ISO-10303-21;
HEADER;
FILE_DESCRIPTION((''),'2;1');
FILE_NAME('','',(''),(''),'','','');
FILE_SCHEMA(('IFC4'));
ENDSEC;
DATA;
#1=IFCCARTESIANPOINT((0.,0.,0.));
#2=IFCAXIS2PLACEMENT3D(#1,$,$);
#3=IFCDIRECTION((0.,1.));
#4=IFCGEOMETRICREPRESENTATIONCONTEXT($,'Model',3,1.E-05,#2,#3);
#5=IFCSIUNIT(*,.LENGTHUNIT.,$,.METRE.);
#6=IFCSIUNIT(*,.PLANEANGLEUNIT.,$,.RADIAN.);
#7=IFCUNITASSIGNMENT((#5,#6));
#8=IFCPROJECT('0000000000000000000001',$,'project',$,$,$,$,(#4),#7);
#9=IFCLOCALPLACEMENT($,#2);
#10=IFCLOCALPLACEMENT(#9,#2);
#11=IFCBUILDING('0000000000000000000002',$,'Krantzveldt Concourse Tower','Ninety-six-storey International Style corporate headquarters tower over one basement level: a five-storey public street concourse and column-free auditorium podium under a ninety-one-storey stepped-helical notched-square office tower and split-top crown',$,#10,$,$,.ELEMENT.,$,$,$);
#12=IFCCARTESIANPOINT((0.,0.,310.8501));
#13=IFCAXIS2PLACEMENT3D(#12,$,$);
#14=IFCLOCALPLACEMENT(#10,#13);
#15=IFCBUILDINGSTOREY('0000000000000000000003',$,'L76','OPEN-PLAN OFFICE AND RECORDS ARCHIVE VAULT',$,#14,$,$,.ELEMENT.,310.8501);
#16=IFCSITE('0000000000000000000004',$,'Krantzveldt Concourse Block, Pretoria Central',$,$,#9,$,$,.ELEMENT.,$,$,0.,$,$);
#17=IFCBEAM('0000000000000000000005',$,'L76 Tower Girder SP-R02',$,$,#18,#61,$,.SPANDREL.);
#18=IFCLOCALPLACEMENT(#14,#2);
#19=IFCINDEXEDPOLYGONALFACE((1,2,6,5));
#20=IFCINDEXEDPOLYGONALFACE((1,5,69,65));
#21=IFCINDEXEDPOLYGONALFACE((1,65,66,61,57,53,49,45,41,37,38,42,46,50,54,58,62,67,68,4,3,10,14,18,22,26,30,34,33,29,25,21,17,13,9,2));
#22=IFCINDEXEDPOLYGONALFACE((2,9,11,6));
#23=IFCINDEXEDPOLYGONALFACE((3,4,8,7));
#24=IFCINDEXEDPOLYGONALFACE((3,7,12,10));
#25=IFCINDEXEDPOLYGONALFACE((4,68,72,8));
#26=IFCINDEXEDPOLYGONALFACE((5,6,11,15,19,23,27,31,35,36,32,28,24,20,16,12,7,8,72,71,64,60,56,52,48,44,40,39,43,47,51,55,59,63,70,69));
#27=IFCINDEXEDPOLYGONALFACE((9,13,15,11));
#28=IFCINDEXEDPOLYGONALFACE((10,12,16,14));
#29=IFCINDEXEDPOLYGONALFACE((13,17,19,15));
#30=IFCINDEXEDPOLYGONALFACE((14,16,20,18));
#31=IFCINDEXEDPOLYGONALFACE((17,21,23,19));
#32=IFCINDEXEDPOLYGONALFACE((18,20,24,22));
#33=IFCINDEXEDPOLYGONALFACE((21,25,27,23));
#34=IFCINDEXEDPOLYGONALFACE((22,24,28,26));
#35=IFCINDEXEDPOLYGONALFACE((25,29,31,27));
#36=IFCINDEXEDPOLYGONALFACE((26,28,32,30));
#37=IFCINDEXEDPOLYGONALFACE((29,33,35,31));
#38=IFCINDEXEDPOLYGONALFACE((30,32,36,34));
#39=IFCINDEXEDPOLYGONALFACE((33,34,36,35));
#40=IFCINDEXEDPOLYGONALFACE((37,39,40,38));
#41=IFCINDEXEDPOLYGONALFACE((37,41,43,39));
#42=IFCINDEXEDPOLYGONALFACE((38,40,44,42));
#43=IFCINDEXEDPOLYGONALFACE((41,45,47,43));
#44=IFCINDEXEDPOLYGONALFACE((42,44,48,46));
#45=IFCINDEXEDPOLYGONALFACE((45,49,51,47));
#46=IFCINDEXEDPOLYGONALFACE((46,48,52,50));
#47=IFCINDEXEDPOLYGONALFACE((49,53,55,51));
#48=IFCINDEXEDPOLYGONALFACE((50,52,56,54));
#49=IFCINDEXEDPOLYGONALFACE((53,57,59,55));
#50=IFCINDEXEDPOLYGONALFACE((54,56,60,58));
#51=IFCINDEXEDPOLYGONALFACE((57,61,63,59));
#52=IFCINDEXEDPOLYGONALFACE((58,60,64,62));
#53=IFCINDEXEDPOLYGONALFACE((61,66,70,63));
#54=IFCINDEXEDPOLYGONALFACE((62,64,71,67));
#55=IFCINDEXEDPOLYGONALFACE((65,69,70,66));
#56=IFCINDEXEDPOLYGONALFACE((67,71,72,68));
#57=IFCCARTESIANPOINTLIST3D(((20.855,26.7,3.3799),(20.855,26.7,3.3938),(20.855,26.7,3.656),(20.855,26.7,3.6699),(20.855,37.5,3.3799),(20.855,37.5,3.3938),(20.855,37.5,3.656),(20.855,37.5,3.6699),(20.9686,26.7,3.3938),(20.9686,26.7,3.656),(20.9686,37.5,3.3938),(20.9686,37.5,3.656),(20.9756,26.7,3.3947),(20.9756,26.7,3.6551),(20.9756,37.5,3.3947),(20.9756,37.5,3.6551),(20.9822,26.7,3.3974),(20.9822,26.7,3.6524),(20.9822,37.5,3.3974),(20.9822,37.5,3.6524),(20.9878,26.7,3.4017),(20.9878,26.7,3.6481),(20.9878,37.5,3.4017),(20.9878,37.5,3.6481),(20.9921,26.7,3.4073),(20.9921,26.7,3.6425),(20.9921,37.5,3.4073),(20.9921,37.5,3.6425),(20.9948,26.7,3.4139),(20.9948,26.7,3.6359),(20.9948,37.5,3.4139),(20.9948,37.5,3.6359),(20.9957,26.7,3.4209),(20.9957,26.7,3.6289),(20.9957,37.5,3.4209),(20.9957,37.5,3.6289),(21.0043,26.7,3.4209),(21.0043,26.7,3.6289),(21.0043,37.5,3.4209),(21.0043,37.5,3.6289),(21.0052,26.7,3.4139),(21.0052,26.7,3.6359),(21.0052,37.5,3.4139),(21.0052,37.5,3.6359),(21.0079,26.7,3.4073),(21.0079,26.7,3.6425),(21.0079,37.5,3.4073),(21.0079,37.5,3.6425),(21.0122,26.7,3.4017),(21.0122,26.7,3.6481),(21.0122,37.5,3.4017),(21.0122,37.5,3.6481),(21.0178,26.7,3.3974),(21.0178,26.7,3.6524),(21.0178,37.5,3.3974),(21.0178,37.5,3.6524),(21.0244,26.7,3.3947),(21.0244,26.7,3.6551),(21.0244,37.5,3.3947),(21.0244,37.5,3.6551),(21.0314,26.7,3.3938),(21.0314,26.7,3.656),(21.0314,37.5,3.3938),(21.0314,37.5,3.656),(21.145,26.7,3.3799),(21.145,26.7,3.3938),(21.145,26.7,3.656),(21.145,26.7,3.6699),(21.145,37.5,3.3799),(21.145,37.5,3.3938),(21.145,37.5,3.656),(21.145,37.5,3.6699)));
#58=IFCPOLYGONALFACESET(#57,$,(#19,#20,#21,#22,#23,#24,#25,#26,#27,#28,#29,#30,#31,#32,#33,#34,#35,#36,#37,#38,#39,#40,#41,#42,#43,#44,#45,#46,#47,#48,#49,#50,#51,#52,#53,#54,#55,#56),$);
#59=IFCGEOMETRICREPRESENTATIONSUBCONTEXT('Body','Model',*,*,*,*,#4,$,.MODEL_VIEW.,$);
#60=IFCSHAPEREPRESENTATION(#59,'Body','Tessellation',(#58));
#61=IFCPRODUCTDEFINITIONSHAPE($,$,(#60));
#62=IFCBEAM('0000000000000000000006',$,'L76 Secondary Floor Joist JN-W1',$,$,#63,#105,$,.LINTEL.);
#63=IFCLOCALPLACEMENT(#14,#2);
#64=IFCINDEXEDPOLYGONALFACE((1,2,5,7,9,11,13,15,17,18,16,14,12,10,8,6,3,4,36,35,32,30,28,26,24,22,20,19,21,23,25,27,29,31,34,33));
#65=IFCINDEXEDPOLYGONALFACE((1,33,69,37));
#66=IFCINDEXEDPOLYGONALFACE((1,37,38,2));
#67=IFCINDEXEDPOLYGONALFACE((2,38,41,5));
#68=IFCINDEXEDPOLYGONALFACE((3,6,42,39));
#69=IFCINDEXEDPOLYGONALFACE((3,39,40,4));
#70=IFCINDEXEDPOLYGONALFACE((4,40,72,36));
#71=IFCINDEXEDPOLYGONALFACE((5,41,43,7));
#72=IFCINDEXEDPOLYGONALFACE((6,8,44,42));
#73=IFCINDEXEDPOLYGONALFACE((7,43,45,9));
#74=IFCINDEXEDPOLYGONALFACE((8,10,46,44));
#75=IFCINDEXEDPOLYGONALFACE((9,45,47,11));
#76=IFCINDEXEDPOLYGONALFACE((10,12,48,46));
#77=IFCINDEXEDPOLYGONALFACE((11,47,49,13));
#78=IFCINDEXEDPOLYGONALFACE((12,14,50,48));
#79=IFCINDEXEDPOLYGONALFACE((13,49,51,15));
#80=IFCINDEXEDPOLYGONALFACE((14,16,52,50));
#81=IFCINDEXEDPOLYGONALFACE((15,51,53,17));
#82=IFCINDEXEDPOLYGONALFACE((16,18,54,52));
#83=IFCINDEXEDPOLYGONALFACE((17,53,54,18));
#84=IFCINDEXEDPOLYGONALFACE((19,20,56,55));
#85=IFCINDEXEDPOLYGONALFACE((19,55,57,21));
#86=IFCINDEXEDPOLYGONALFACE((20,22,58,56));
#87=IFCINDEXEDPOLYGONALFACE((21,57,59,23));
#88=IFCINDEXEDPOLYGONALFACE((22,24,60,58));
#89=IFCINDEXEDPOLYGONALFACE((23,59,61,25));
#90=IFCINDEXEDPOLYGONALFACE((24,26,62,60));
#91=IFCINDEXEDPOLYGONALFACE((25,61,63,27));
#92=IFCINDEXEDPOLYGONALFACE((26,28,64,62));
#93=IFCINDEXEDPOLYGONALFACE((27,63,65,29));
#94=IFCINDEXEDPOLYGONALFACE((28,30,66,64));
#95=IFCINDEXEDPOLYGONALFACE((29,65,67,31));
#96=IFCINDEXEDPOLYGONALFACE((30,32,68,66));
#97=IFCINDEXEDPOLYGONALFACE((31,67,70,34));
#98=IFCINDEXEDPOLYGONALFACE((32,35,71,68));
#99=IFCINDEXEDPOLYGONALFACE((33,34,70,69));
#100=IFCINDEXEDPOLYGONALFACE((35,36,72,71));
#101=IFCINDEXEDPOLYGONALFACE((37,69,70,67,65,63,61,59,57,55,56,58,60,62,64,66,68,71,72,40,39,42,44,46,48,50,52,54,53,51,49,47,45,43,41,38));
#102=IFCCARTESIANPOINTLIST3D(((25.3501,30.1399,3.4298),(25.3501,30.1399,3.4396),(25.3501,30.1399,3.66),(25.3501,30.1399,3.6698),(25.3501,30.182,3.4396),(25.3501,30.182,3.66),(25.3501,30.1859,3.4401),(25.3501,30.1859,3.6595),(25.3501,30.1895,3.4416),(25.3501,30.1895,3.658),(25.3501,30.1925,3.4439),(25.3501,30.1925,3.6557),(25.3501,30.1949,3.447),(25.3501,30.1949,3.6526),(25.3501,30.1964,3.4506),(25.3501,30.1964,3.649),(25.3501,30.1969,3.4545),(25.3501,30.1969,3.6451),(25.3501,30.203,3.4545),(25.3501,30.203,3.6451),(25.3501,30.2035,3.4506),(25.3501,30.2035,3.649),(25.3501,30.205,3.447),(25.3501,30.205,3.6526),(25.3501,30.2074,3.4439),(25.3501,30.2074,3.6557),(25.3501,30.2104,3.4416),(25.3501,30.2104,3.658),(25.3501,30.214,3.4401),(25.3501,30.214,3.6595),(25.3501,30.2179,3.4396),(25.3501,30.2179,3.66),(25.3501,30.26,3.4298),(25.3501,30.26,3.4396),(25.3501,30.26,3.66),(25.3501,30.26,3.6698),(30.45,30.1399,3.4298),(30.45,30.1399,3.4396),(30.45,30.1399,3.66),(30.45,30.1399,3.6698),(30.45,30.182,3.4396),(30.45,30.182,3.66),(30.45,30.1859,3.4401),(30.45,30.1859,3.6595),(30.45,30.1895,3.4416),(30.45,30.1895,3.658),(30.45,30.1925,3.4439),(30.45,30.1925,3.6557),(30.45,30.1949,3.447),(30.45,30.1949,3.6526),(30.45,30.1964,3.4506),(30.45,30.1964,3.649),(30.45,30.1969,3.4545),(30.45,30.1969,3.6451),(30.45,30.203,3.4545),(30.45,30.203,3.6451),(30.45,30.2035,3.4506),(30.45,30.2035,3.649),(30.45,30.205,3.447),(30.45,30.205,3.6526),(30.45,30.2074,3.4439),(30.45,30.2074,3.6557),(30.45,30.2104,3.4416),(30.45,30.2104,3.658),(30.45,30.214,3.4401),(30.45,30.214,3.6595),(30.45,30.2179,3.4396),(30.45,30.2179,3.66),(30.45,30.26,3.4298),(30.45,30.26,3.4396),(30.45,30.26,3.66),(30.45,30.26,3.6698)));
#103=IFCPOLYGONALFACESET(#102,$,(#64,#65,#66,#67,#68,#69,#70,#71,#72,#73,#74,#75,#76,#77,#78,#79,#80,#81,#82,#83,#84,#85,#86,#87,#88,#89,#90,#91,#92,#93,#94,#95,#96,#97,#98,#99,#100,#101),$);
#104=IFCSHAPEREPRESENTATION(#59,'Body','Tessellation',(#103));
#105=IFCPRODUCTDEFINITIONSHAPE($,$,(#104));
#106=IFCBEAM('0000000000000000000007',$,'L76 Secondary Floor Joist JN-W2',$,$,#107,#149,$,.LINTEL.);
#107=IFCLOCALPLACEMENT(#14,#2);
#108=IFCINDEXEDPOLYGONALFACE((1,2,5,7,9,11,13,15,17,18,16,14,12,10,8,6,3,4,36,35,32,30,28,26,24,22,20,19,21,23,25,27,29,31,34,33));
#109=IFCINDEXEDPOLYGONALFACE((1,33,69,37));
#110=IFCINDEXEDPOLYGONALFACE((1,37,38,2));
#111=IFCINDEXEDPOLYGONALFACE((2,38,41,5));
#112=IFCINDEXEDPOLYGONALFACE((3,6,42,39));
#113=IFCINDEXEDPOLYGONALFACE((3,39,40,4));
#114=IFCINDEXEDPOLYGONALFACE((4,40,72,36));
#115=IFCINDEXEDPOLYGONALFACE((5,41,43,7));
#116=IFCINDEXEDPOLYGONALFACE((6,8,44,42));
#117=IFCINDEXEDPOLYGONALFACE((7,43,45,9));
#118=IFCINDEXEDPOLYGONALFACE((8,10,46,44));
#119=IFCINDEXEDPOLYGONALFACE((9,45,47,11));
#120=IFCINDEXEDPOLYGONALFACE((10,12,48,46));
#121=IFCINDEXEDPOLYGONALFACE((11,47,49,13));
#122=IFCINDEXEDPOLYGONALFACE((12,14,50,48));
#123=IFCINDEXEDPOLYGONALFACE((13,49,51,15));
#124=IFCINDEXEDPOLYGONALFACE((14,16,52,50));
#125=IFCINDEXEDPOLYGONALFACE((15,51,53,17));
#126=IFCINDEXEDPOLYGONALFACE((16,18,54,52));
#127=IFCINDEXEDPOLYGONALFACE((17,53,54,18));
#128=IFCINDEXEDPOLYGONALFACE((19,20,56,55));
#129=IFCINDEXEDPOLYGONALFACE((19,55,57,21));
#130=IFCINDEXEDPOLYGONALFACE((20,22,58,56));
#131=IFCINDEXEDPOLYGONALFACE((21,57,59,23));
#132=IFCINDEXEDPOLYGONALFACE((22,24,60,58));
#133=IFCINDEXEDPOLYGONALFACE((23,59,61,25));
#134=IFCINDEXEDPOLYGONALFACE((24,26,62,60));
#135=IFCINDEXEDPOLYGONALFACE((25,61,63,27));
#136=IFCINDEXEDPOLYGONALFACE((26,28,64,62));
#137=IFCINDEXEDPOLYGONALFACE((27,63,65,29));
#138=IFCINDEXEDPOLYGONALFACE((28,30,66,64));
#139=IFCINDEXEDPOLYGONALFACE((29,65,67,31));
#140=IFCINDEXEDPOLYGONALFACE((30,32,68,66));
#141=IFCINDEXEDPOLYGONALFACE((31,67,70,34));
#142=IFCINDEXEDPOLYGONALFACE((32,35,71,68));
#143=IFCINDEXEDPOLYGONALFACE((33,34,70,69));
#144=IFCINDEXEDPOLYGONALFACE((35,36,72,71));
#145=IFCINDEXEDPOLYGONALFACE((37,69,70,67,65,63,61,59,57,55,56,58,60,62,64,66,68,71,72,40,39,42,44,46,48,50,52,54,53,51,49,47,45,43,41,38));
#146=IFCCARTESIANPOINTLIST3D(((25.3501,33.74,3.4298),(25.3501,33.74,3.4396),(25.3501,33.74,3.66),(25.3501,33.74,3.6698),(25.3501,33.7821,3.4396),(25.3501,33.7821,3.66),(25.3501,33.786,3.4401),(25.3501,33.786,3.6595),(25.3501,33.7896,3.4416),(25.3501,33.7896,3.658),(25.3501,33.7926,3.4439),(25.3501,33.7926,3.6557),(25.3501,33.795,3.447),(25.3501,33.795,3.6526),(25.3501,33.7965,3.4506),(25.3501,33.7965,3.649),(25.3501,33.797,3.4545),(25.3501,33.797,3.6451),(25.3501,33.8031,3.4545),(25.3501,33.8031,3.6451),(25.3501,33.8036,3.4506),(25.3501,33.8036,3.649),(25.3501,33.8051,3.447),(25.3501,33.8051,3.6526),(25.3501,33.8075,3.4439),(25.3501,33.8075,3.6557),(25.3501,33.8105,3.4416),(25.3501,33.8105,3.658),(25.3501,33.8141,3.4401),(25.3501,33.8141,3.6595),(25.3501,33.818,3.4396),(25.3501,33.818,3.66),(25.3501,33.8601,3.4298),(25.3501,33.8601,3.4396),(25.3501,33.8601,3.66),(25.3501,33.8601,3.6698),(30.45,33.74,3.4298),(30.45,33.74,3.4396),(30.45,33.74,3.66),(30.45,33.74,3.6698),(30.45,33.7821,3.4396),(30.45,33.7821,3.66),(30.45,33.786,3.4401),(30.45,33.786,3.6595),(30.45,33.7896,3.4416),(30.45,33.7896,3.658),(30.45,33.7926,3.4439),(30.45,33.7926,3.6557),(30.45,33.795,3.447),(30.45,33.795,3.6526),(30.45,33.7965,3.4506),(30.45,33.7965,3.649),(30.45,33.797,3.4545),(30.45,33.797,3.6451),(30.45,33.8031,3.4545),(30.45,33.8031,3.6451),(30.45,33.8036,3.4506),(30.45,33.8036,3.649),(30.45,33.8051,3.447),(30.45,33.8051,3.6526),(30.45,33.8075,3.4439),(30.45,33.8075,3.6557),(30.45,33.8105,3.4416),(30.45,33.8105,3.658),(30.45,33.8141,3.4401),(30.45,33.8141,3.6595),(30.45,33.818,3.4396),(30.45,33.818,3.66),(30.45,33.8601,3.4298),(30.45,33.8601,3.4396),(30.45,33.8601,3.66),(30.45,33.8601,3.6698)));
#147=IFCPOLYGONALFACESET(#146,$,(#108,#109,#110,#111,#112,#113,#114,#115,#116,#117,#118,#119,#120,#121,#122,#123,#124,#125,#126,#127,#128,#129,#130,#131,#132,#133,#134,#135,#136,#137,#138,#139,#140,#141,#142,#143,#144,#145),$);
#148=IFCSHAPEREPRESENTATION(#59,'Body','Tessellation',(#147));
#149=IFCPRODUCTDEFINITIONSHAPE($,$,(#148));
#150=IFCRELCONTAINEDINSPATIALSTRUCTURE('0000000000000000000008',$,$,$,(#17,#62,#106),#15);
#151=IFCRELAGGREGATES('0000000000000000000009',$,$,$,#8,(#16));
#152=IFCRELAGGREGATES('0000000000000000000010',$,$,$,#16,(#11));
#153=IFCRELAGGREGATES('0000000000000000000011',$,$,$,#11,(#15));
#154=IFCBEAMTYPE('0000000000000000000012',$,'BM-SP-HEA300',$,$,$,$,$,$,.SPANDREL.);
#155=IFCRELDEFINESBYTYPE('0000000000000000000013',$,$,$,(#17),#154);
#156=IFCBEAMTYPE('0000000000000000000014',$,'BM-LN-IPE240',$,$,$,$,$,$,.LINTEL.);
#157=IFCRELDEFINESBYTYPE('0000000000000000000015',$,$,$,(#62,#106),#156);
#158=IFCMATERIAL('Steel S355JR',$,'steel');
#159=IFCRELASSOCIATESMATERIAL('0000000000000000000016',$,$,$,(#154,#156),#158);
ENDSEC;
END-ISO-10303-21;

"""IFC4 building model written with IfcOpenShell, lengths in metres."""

from ifc_helpers import new_model, si_unit, direction, frame, origin, origin_2d, place, context, subcontext, project, spatial, i_section, extrude, source, transform, mapped, material, material_profile, profile_set, type_object, type_shapes, element, save


model = new_model("IFC4")

# Units and contexts
model_context = context("Model", 3, precision=1e-05, world=origin(), true_north=direction((0.0, 1.0)))
body_context = subcontext(model_context, "Body", "Model", "MODEL_VIEW")
ifc_project = project(units=[si_unit("LENGTHUNIT", "METRE"), si_unit("PLANEANGLEUNIT", "RADIAN")], contexts=[model_context])

# Site, building, storey
site_placement = place(None, origin())
site = spatial("IfcSite", under=ifc_project, at=site_placement, Name="Krantzveldt Concourse Block, Pretoria Central", CompositionType="ELEMENT", RefElevation=0.0)
building_placement = place(site_placement, origin())
building = spatial("IfcBuilding", under=site, at=building_placement, Name="Krantzveldt Concourse Tower", Description="Ninety-six-storey International Style corporate headquarters tower over one basement level: a five-storey public street concourse and column-free auditorium podium under a ninety-one-storey stepped-helical notched-square office tower and split-top crown", CompositionType="ELEMENT")
storey_placement = place(building_placement, frame((0.0, 0.0, 310.8501)))
storey = spatial("IfcBuildingStorey", under=building, at=storey_placement, Name="L76", Description="OPEN-PLAN OFFICE AND RECORDS ARCHIVE VAULT", CompositionType="ELEMENT", Elevation=310.8501)

# Beams
ifc_material_1 = material(Name="Steel S355JR", Category="steel")
ifc_material_profile_1 = material_profile(ifc_material_1, i_section(OverallWidth=0.29, OverallDepth=0.29, WebThickness=0.0085, FlangeThickness=0.0139, FilletRadius=0.0271, at=origin_2d()), Name="Steel S355JR", Category="steel")
ifc_profile_set_1 = profile_set([ifc_material_profile_1], Name="Steel S355JR - HEA 300")
beam_type_1 = type_object("IfcBeamType", Name="BM-SP-HEA300", PredefinedType="SPANDREL", material=ifc_profile_set_1)
shared_shape_1 = source(origin(), body_context, "Body", "SweptSolid", [
    extrude(i_section(OverallWidth=0.29, OverallDepth=0.29, WebThickness=0.0085, FlangeThickness=0.0139, FilletRadius=0.0271, at=origin_2d()), origin(), (0.0, 0.0, 1.0), 10.8),
])
type_shapes(beam_type_1, [shared_shape_1])
beam_1_placement = place(storey_placement, frame((21.0, 26.7, 3.5249), z_axis=(0.0, 1.0, 0.0), x_axis=(-1.0, 0.0, 0.0)))
element("IfcBeam", 1, at=beam_1_placement, inside=storey, type_object=beam_type_1, Name="L76 Tower Girder SP-R02", PredefinedType="SPANDREL", context=body_context, shape_type="MappedRepresentation", body=[
    mapped(shared_shape_1, transform((0.0, 0.0, 0.0), x_axis=(1.0, 0.0, 0.0), y_axis=(0.0, 1.0, 0.0), z_axis=(0.0, 0.0, 1.0), scale=1.0)),
])
ifc_material_profile_2 = material_profile(ifc_material_1, i_section(OverallWidth=0.1201, OverallDepth=0.24, WebThickness=0.0061, FlangeThickness=0.0098, FilletRadius=0.0149, at=origin_2d()), Name="Steel S355JR", Category="steel")
ifc_profile_set_2 = profile_set([ifc_material_profile_2], Name="Steel S355JR - IPE 240")
beam_type_2 = type_object("IfcBeamType", Name="BM-LN-IPE240", PredefinedType="LINTEL", material=ifc_profile_set_2)
shared_shape_2 = source(origin(), body_context, "Body", "SweptSolid", [
    extrude(i_section(OverallWidth=0.1201, OverallDepth=0.24, WebThickness=0.0061, FlangeThickness=0.0098, FilletRadius=0.0149, at=origin_2d()), origin(), (0.0, 0.0, 1.0), 5.0999),
])
type_shapes(beam_type_2, [shared_shape_2])
for number, where, z_axis, x_axis, name in (
    (2, (25.3501, 30.2, 3.5498), (1.0, 0.0, 0.0), (0.0, 1.0, 0.0), "L76 Secondary Floor Joist JN-W1"),
    (3, (25.3501, 33.8, 3.5498), (1.0, 0.0, 0.0), (0.0, 1.0, 0.0), "L76 Secondary Floor Joist JN-W2"),
):
    element("IfcBeam", number, at=place(storey_placement, frame(where, z_axis=z_axis, x_axis=x_axis)), inside=storey, type_object=beam_type_2, Name=name, PredefinedType="LINTEL", context=body_context, shape_type="MappedRepresentation", body=[
        mapped(shared_shape_2, transform((0.0, 0.0, 0.0), x_axis=(1.0, 0.0, 0.0), y_axis=(0.0, 1.0, 0.0), z_axis=(0.0, 0.0, 1.0), scale=1.0)),
    ])

save(model, "model.ifc")
